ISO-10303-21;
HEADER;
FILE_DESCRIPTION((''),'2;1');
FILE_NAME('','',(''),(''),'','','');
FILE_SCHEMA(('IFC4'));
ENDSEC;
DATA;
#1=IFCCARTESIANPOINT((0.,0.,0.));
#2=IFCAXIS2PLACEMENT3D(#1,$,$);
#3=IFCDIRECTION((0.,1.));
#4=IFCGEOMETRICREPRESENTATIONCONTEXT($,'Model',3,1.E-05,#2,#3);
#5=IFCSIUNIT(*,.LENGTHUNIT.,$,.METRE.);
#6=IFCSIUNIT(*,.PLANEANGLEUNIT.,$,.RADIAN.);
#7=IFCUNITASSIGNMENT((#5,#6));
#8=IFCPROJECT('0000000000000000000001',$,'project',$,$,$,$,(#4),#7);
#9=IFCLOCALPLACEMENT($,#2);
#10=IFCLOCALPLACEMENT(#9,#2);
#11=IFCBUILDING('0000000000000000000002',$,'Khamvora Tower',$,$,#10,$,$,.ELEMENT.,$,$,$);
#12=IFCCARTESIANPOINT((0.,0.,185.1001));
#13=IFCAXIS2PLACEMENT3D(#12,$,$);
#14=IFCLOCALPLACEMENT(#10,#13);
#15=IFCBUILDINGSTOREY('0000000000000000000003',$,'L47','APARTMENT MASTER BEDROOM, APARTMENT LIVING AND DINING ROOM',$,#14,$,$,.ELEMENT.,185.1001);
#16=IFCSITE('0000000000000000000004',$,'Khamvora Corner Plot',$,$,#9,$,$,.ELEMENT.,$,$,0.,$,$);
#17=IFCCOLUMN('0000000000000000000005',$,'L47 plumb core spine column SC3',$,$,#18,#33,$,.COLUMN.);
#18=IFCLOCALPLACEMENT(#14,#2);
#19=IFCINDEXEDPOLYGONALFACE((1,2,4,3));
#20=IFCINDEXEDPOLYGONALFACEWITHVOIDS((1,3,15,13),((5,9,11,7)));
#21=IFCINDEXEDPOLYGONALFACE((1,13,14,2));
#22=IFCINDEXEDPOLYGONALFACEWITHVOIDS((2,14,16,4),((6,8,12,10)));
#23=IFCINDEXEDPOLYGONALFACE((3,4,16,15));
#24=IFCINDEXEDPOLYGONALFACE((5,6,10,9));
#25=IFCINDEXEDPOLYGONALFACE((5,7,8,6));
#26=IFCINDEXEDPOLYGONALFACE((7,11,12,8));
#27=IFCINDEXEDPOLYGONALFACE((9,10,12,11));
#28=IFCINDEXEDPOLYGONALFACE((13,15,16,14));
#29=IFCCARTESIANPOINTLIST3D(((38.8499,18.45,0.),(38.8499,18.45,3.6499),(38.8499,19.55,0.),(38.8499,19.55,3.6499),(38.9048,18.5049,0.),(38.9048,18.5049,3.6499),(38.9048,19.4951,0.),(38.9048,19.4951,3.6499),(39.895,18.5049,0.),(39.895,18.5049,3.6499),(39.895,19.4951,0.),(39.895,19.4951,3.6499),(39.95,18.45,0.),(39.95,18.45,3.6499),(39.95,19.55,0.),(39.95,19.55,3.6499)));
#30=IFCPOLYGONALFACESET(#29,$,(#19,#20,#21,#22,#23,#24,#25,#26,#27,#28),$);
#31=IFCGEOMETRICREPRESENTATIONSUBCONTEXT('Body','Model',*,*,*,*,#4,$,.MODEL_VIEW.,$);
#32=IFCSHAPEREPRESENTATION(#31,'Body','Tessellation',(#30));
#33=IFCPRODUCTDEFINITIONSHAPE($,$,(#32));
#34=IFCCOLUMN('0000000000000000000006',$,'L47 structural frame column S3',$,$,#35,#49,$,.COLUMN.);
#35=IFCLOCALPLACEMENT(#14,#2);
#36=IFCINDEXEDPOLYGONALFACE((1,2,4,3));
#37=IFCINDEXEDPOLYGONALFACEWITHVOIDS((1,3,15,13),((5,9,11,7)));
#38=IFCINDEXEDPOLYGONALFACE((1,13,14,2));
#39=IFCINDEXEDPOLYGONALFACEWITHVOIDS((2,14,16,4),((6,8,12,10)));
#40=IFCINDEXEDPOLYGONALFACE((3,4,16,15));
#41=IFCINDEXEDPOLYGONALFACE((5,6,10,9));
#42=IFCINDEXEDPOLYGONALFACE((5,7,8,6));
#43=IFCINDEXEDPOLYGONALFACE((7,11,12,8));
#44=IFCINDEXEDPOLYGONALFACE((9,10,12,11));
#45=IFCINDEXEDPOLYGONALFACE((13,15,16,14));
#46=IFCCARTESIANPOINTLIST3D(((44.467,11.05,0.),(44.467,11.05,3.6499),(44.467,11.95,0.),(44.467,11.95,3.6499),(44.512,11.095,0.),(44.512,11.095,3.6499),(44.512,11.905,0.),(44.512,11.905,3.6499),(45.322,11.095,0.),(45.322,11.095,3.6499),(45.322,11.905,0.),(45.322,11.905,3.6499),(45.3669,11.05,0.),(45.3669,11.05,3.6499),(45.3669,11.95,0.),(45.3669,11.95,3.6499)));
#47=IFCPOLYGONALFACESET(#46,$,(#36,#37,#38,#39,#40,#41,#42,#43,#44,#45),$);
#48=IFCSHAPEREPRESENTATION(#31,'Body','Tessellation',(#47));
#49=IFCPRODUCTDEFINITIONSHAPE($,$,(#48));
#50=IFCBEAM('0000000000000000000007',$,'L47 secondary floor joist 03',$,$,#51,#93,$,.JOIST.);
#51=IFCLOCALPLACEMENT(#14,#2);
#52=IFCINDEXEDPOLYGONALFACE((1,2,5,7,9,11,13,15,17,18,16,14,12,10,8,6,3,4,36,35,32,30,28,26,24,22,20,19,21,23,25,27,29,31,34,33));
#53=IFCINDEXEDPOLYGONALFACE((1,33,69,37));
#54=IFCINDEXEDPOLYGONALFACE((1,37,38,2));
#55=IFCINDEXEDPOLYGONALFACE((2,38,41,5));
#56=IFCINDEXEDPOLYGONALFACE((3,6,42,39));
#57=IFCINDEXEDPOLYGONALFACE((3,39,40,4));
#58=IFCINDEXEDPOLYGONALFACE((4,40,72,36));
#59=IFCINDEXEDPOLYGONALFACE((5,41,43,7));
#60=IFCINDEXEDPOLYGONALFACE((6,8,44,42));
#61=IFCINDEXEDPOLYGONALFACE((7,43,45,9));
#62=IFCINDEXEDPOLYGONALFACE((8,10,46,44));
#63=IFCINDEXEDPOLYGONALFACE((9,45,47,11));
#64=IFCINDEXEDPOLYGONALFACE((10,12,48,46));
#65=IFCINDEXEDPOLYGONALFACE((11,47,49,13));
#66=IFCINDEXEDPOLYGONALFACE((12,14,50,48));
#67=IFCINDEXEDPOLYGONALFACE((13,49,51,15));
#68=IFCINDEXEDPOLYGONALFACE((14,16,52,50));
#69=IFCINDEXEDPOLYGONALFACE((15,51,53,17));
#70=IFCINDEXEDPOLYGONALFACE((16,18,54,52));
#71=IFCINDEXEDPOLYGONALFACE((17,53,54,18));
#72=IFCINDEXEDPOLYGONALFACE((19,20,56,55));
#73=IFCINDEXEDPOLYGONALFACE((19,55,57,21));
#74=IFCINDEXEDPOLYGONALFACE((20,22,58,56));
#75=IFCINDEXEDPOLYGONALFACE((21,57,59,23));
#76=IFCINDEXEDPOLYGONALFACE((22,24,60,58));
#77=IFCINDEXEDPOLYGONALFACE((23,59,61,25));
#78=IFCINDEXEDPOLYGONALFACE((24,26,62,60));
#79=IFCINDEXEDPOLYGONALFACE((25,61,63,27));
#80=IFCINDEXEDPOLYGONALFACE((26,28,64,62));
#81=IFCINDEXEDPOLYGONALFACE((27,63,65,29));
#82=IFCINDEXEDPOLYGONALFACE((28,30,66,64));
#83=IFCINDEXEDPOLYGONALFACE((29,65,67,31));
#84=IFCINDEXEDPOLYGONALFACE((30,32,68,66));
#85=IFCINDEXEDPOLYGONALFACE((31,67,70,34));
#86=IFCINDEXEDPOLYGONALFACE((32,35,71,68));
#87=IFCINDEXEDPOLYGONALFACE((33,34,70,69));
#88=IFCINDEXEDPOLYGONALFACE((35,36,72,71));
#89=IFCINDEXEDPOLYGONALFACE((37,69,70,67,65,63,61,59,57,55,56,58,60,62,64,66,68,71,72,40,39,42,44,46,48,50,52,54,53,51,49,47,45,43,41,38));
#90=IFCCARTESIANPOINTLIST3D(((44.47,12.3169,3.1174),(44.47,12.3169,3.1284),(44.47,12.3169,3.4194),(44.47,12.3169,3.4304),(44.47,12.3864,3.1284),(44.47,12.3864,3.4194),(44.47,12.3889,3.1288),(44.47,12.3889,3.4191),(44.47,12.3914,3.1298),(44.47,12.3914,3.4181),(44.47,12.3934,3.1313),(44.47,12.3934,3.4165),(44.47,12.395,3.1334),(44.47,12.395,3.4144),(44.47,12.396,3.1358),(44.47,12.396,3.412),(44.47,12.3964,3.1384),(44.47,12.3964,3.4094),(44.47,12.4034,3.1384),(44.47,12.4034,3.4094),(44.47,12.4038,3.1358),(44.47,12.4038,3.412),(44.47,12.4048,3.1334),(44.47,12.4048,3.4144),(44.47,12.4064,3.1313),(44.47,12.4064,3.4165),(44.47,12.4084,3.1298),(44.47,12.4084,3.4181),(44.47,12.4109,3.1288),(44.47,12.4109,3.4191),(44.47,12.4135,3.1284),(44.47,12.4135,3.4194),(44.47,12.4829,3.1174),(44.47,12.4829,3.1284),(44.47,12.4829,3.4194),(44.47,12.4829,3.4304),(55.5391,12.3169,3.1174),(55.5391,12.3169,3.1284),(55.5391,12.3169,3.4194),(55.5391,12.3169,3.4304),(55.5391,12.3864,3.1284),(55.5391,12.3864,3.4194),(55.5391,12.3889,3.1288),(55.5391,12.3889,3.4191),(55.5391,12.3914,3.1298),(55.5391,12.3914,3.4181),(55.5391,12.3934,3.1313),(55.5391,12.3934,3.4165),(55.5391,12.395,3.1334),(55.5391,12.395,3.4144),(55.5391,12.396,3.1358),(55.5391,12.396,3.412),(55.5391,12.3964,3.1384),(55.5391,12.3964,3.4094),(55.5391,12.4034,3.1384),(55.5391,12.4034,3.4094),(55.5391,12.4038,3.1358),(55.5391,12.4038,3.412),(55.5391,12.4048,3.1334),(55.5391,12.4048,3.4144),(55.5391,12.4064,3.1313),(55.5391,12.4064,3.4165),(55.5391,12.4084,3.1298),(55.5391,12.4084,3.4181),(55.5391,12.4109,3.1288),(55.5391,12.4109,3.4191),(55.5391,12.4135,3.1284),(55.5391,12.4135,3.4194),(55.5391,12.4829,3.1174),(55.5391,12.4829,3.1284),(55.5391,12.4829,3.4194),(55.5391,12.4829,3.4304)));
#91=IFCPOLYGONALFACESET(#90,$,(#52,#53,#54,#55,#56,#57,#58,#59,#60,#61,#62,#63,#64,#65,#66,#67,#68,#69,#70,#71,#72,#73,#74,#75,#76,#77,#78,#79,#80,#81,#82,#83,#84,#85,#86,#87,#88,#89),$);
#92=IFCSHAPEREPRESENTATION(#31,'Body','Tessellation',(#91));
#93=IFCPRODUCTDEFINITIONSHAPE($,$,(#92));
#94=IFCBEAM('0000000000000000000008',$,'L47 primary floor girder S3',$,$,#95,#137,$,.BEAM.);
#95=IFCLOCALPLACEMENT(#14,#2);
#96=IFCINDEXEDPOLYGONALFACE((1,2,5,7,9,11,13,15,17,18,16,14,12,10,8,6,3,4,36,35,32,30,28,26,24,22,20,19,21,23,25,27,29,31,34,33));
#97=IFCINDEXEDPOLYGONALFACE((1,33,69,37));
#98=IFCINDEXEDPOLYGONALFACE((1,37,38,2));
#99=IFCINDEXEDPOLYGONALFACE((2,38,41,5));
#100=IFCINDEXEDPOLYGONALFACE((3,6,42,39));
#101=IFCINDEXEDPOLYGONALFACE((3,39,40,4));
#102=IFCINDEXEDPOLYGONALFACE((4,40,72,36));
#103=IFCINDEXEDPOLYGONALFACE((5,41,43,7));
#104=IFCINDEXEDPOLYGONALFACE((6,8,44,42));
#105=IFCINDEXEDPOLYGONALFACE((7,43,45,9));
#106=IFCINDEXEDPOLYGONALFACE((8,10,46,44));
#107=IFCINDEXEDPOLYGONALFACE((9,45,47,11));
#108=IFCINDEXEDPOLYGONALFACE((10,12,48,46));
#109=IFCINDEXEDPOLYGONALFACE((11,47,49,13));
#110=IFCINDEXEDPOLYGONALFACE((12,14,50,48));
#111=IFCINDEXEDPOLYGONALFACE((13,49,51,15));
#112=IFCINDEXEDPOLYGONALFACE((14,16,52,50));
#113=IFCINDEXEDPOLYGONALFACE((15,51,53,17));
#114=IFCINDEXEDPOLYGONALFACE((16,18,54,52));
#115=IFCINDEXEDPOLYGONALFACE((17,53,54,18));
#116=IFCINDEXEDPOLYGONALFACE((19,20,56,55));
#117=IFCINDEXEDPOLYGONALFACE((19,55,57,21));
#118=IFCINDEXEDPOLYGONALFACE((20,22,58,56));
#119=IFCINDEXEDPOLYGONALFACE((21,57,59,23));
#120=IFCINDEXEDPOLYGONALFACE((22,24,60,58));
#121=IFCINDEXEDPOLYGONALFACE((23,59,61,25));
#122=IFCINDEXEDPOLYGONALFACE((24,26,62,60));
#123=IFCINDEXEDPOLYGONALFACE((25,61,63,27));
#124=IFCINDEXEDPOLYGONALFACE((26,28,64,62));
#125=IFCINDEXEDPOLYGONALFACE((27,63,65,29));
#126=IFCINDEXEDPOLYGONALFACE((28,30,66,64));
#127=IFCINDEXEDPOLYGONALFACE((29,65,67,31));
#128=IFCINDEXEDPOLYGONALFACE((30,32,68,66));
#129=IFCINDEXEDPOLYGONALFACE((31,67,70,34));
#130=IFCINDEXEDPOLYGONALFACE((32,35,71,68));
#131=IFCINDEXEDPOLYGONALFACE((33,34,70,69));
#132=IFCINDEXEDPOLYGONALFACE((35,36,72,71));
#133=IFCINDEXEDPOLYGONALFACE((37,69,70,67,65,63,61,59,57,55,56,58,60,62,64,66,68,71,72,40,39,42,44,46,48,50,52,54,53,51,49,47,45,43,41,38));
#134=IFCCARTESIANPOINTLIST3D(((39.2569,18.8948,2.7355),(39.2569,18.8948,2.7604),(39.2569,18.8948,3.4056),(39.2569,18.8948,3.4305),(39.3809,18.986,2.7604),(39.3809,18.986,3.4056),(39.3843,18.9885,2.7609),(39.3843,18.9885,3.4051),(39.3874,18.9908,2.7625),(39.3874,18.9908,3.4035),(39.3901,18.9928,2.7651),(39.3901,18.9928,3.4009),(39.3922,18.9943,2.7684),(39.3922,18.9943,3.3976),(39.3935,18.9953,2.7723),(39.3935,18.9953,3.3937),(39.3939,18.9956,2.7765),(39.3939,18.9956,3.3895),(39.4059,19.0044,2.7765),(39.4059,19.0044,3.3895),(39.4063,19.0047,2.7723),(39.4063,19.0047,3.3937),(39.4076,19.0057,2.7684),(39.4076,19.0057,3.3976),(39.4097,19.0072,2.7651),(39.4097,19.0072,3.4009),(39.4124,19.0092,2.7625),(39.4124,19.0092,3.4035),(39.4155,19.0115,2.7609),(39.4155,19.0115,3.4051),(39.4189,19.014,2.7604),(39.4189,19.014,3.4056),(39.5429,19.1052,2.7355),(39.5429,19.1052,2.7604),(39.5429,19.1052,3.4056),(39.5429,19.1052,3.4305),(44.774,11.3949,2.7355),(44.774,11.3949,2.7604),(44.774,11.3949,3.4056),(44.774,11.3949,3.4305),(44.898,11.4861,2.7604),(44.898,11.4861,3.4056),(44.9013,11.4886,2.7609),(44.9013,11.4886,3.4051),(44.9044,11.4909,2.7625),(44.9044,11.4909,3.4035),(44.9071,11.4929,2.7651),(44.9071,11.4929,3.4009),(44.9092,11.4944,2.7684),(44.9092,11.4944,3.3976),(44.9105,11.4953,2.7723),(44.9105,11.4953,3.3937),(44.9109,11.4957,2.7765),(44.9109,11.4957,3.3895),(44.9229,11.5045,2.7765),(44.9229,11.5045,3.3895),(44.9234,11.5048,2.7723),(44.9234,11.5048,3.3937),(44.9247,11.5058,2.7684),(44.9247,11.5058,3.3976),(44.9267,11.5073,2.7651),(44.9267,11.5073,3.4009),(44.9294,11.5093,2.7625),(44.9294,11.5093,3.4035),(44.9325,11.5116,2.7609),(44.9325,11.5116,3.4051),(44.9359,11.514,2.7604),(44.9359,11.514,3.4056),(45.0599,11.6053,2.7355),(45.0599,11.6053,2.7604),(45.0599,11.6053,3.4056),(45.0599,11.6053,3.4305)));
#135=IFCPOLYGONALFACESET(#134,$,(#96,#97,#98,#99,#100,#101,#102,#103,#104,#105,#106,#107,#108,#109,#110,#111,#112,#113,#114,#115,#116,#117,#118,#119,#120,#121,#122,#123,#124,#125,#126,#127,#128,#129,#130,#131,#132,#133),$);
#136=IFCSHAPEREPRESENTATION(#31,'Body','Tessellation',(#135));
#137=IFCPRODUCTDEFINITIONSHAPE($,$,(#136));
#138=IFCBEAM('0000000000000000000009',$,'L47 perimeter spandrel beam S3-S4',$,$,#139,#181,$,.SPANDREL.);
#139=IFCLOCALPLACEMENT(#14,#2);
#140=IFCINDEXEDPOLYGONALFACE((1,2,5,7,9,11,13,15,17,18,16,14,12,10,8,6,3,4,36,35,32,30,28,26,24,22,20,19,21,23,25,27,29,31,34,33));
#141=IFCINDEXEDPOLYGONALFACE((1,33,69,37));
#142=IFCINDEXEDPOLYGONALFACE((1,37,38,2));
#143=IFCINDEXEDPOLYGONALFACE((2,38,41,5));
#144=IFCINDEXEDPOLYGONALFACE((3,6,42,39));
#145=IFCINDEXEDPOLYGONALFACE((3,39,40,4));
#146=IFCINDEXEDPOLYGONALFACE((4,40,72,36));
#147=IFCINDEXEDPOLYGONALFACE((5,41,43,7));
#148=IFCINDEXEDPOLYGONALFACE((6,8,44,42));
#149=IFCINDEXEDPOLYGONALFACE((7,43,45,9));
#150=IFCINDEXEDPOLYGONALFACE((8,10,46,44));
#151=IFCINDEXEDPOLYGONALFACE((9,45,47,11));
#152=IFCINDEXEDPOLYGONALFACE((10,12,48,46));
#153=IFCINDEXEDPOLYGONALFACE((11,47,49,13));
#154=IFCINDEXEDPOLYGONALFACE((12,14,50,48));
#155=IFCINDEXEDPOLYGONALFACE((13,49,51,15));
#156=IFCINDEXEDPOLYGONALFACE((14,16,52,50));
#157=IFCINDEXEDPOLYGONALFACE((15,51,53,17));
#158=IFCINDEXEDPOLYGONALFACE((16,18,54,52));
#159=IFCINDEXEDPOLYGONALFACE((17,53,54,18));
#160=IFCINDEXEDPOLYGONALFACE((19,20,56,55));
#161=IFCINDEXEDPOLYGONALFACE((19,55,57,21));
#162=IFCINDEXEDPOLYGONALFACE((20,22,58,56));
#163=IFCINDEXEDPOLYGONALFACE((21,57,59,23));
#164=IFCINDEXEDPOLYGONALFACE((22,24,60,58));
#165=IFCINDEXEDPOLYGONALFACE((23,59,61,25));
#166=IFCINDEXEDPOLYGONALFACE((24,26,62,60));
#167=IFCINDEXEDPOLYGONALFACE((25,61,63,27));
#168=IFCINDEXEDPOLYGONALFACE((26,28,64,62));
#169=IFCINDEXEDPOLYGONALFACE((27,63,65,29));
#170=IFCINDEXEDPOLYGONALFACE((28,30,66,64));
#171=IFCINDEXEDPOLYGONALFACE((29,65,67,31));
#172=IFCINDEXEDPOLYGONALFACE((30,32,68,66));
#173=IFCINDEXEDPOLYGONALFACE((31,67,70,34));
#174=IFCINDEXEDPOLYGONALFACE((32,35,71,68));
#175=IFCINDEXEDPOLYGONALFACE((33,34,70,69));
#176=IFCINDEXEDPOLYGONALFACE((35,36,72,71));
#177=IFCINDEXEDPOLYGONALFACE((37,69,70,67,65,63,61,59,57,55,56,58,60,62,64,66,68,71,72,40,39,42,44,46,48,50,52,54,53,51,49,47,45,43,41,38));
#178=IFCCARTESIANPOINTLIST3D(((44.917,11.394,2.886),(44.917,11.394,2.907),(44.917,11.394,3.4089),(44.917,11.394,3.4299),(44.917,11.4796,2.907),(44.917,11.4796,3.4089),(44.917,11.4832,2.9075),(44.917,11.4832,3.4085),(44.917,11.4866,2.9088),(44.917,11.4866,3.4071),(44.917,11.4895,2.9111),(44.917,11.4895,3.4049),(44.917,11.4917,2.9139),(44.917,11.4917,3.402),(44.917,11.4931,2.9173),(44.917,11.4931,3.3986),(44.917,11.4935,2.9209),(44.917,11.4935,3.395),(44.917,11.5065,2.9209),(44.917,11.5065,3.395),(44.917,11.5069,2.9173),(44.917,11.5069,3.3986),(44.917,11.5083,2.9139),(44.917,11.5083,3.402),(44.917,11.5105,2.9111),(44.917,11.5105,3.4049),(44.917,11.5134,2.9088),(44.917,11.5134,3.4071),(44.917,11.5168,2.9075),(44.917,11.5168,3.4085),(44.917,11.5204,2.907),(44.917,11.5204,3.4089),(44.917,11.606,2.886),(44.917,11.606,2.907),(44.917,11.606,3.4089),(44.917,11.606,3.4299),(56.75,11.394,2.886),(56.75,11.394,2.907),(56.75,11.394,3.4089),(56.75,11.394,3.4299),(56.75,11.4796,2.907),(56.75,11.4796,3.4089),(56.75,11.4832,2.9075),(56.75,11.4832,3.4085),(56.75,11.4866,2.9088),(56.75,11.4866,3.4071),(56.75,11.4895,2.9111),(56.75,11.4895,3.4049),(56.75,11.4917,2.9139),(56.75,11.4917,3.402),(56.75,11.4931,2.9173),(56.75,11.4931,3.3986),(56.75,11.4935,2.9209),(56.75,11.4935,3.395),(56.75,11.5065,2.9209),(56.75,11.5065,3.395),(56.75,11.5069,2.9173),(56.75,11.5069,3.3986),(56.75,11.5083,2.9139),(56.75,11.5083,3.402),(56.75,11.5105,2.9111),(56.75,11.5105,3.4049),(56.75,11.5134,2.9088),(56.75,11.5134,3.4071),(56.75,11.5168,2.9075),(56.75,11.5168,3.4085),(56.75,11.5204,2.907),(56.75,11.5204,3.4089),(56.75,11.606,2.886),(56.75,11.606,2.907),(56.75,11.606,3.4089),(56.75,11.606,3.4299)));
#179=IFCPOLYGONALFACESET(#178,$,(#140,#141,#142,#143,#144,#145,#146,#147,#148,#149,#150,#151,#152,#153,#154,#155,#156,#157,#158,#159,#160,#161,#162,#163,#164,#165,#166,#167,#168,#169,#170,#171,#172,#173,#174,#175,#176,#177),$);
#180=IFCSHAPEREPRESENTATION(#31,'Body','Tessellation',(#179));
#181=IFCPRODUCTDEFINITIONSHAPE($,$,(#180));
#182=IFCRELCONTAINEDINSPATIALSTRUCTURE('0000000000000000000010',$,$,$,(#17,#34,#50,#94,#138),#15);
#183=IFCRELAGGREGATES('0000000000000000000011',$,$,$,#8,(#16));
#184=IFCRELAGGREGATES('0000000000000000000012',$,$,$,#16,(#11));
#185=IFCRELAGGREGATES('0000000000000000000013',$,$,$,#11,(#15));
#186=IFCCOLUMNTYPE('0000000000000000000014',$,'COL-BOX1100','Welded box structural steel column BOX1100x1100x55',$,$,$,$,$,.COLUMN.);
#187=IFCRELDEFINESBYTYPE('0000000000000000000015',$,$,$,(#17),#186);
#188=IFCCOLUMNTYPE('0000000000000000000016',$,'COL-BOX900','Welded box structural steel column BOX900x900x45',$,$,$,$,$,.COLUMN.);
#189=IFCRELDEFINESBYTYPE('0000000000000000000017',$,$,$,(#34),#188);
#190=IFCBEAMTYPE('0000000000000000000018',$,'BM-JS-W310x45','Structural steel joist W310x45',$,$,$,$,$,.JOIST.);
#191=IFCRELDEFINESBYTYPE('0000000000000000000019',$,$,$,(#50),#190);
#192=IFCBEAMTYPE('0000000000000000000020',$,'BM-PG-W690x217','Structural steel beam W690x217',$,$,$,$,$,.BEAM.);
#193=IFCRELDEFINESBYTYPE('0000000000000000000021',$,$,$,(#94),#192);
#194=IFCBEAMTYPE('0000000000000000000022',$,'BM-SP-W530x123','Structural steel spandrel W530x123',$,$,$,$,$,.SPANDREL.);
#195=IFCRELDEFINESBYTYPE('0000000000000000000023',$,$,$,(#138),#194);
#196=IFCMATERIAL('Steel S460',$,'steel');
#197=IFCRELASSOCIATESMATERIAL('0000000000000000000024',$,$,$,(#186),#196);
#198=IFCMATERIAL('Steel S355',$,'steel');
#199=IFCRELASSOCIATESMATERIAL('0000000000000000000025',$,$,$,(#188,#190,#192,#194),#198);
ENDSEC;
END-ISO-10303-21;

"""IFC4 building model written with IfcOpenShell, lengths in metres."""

from ifc_helpers import new_model, si_unit, direction, frame, origin, origin_2d, place, context, subcontext, project, spatial, hollow_rectangle, i_section, extrude, material, material_profile, profile_set, type_object, element, save


model = new_model("IFC4")

# Units and contexts
model_context = context("Model", 3, precision=1e-05, world=origin(), true_north=direction((0.0, 1.0)))
body_context = subcontext(model_context, "Body", "Model", "MODEL_VIEW")
ifc_project = project(units=[si_unit("LENGTHUNIT", "METRE"), si_unit("PLANEANGLEUNIT", "RADIAN")], contexts=[model_context])

# Site, building, storey
site_placement = place(None, origin())
site = spatial("IfcSite", under=ifc_project, at=site_placement, Name="Khamvora Corner Plot", CompositionType="ELEMENT", RefElevation=0.0)
building_placement = place(site_placement, origin())
building = spatial("IfcBuilding", under=site, at=building_placement, Name="Khamvora Tower", CompositionType="ELEMENT")
storey_placement = place(building_placement, frame((0.0, 0.0, 185.1001)))
storey = spatial("IfcBuildingStorey", under=building, at=storey_placement, Name="L47", Description="APARTMENT MASTER BEDROOM, APARTMENT LIVING AND DINING ROOM", CompositionType="ELEMENT", Elevation=185.1001)

# Columns
ifc_material_1 = material(Name="Steel S460", Category="steel")
ifc_material_profile_1 = material_profile(ifc_material_1, hollow_rectangle(XDim=1.1001, YDim=1.1001, WallThickness=0.0549, at=origin_2d()), Name="BOX1100x1100x55")
ifc_profile_set_1 = profile_set([ifc_material_profile_1], Name="Steel S460")
column_type_1 = type_object("IfcColumnType", Name="COL-BOX1100", Description="Welded box structural steel column BOX1100x1100x55", PredefinedType="COLUMN", material=ifc_profile_set_1)
column_1_placement = place(storey_placement, frame((39.3999, 19.0, 0.0), z_axis=(0.0, 0.0, 1.0), x_axis=(1.0, 0.0, 0.0)))
element("IfcColumn", 1, at=column_1_placement, inside=storey, type_object=column_type_1, Name="L47 plumb core spine column SC3", PredefinedType="COLUMN", context=body_context, shape_type="SweptSolid", body=[
    extrude(hollow_rectangle(XDim=1.1001, YDim=1.1001, WallThickness=0.0549, at=origin_2d()), origin(), (0.0, 0.0, 1.0), 3.6499),
])
ifc_material_2 = material(Name="Steel S355", Category="steel")
ifc_material_profile_2 = material_profile(ifc_material_2, hollow_rectangle(XDim=0.8999, YDim=0.8999, WallThickness=0.0449, at=origin_2d()), Name="BOX900x900x45")
ifc_profile_set_2 = profile_set([ifc_material_profile_2], Name="Steel S355")
column_type_2 = type_object("IfcColumnType", Name="COL-BOX900", Description="Welded box structural steel column BOX900x900x45", PredefinedType="COLUMN", material=ifc_profile_set_2)
column_2_placement = place(storey_placement, frame((44.917, 11.5, 0.0), z_axis=(0.0, 0.0, 1.0), x_axis=(1.0, 0.0, 0.0)))
element("IfcColumn", 2, at=column_2_placement, inside=storey, type_object=column_type_2, Name="L47 structural frame column S3", PredefinedType="COLUMN", context=body_context, shape_type="SweptSolid", body=[
    extrude(hollow_rectangle(XDim=0.8999, YDim=0.8999, WallThickness=0.0449, at=origin_2d()), origin(), (0.0, 0.0, 1.0), 3.6499),
])

# Beams
ifc_material_profile_3 = material_profile(ifc_material_2, i_section(OverallWidth=0.166, OverallDepth=0.313, WebThickness=0.0071, FlangeThickness=0.011, FilletRadius=0.01, at=origin_2d()), Name="W310x45")
ifc_profile_set_3 = profile_set([ifc_material_profile_3], Name="Steel S355")
beam_type_1 = type_object("IfcBeamType", Name="BM-JS-W310x45", Description="Structural steel joist W310x45", PredefinedType="JOIST", material=ifc_profile_set_3)
beam_1_placement = place(storey_placement, frame((44.47, 12.3999, 3.2739), z_axis=(1.0, 0.0, 0.0), x_axis=(0.0, 1.0, 0.0)))
element("IfcBeam", 3, at=beam_1_placement, inside=storey, type_object=beam_type_1, Name="L47 secondary floor joist 03", PredefinedType="JOIST", context=body_context, shape_type="SweptSolid", body=[
    extrude(i_section(OverallWidth=0.166, OverallDepth=0.313, WebThickness=0.0071, FlangeThickness=0.011, FilletRadius=0.01, at=origin_2d()), origin(), (0.0, 0.0, 1.0), 11.0691),
])
ifc_material_profile_4 = material_profile(ifc_material_2, i_section(OverallWidth=0.355, OverallDepth=0.6951, WebThickness=0.0149, FlangeThickness=0.0249, FilletRadius=0.0161, at=origin_2d()), Name="W690x217")
ifc_profile_set_4 = profile_set([ifc_material_profile_4], Name="Steel S355")
beam_type_2 = type_object("IfcBeamType", Name="BM-PG-W690x217", Description="Structural steel beam W690x217", PredefinedType="BEAM", material=ifc_profile_set_4)
beam_2_placement = place(storey_placement, frame((39.3999, 19.0, 3.083), z_axis=(0.592557, -0.805529, 0.0), x_axis=(0.805529, 0.592557, 0.0)))
element("IfcBeam", 4, at=beam_2_placement, inside=storey, type_object=beam_type_2, Name="L47 primary floor girder S3", PredefinedType="BEAM", context=body_context, shape_type="SweptSolid", body=[
    extrude(i_section(OverallWidth=0.355, OverallDepth=0.6951, WebThickness=0.0149, FlangeThickness=0.0249, FilletRadius=0.0161, at=origin_2d()), origin(), (0.0, 0.0, 1.0), 9.3105),
])
ifc_material_profile_5 = material_profile(ifc_material_2, i_section(OverallWidth=0.2119, OverallDepth=0.5439, WebThickness=0.0129, FlangeThickness=0.021, FilletRadius=0.0139, at=origin_2d()), Name="W530x123")
ifc_profile_set_5 = profile_set([ifc_material_profile_5], Name="Steel S355")
beam_type_3 = type_object("IfcBeamType", Name="BM-SP-W530x123", Description="Structural steel spandrel W530x123", PredefinedType="SPANDREL", material=ifc_profile_set_5)
beam_3_placement = place(storey_placement, frame((44.917, 11.5, 3.158), z_axis=(1.0, 0.0, 0.0), x_axis=(0.0, 1.0, 0.0)))
element("IfcBeam", 5, at=beam_3_placement, inside=storey, type_object=beam_type_3, Name="L47 perimeter spandrel beam S3-S4", PredefinedType="SPANDREL", context=body_context, shape_type="SweptSolid", body=[
    extrude(i_section(OverallWidth=0.2119, OverallDepth=0.5439, WebThickness=0.0129, FlangeThickness=0.021, FilletRadius=0.0139, at=origin_2d()), origin(), (0.0, 0.0, 1.0), 11.833),
])

save(model, "model.ifc")
